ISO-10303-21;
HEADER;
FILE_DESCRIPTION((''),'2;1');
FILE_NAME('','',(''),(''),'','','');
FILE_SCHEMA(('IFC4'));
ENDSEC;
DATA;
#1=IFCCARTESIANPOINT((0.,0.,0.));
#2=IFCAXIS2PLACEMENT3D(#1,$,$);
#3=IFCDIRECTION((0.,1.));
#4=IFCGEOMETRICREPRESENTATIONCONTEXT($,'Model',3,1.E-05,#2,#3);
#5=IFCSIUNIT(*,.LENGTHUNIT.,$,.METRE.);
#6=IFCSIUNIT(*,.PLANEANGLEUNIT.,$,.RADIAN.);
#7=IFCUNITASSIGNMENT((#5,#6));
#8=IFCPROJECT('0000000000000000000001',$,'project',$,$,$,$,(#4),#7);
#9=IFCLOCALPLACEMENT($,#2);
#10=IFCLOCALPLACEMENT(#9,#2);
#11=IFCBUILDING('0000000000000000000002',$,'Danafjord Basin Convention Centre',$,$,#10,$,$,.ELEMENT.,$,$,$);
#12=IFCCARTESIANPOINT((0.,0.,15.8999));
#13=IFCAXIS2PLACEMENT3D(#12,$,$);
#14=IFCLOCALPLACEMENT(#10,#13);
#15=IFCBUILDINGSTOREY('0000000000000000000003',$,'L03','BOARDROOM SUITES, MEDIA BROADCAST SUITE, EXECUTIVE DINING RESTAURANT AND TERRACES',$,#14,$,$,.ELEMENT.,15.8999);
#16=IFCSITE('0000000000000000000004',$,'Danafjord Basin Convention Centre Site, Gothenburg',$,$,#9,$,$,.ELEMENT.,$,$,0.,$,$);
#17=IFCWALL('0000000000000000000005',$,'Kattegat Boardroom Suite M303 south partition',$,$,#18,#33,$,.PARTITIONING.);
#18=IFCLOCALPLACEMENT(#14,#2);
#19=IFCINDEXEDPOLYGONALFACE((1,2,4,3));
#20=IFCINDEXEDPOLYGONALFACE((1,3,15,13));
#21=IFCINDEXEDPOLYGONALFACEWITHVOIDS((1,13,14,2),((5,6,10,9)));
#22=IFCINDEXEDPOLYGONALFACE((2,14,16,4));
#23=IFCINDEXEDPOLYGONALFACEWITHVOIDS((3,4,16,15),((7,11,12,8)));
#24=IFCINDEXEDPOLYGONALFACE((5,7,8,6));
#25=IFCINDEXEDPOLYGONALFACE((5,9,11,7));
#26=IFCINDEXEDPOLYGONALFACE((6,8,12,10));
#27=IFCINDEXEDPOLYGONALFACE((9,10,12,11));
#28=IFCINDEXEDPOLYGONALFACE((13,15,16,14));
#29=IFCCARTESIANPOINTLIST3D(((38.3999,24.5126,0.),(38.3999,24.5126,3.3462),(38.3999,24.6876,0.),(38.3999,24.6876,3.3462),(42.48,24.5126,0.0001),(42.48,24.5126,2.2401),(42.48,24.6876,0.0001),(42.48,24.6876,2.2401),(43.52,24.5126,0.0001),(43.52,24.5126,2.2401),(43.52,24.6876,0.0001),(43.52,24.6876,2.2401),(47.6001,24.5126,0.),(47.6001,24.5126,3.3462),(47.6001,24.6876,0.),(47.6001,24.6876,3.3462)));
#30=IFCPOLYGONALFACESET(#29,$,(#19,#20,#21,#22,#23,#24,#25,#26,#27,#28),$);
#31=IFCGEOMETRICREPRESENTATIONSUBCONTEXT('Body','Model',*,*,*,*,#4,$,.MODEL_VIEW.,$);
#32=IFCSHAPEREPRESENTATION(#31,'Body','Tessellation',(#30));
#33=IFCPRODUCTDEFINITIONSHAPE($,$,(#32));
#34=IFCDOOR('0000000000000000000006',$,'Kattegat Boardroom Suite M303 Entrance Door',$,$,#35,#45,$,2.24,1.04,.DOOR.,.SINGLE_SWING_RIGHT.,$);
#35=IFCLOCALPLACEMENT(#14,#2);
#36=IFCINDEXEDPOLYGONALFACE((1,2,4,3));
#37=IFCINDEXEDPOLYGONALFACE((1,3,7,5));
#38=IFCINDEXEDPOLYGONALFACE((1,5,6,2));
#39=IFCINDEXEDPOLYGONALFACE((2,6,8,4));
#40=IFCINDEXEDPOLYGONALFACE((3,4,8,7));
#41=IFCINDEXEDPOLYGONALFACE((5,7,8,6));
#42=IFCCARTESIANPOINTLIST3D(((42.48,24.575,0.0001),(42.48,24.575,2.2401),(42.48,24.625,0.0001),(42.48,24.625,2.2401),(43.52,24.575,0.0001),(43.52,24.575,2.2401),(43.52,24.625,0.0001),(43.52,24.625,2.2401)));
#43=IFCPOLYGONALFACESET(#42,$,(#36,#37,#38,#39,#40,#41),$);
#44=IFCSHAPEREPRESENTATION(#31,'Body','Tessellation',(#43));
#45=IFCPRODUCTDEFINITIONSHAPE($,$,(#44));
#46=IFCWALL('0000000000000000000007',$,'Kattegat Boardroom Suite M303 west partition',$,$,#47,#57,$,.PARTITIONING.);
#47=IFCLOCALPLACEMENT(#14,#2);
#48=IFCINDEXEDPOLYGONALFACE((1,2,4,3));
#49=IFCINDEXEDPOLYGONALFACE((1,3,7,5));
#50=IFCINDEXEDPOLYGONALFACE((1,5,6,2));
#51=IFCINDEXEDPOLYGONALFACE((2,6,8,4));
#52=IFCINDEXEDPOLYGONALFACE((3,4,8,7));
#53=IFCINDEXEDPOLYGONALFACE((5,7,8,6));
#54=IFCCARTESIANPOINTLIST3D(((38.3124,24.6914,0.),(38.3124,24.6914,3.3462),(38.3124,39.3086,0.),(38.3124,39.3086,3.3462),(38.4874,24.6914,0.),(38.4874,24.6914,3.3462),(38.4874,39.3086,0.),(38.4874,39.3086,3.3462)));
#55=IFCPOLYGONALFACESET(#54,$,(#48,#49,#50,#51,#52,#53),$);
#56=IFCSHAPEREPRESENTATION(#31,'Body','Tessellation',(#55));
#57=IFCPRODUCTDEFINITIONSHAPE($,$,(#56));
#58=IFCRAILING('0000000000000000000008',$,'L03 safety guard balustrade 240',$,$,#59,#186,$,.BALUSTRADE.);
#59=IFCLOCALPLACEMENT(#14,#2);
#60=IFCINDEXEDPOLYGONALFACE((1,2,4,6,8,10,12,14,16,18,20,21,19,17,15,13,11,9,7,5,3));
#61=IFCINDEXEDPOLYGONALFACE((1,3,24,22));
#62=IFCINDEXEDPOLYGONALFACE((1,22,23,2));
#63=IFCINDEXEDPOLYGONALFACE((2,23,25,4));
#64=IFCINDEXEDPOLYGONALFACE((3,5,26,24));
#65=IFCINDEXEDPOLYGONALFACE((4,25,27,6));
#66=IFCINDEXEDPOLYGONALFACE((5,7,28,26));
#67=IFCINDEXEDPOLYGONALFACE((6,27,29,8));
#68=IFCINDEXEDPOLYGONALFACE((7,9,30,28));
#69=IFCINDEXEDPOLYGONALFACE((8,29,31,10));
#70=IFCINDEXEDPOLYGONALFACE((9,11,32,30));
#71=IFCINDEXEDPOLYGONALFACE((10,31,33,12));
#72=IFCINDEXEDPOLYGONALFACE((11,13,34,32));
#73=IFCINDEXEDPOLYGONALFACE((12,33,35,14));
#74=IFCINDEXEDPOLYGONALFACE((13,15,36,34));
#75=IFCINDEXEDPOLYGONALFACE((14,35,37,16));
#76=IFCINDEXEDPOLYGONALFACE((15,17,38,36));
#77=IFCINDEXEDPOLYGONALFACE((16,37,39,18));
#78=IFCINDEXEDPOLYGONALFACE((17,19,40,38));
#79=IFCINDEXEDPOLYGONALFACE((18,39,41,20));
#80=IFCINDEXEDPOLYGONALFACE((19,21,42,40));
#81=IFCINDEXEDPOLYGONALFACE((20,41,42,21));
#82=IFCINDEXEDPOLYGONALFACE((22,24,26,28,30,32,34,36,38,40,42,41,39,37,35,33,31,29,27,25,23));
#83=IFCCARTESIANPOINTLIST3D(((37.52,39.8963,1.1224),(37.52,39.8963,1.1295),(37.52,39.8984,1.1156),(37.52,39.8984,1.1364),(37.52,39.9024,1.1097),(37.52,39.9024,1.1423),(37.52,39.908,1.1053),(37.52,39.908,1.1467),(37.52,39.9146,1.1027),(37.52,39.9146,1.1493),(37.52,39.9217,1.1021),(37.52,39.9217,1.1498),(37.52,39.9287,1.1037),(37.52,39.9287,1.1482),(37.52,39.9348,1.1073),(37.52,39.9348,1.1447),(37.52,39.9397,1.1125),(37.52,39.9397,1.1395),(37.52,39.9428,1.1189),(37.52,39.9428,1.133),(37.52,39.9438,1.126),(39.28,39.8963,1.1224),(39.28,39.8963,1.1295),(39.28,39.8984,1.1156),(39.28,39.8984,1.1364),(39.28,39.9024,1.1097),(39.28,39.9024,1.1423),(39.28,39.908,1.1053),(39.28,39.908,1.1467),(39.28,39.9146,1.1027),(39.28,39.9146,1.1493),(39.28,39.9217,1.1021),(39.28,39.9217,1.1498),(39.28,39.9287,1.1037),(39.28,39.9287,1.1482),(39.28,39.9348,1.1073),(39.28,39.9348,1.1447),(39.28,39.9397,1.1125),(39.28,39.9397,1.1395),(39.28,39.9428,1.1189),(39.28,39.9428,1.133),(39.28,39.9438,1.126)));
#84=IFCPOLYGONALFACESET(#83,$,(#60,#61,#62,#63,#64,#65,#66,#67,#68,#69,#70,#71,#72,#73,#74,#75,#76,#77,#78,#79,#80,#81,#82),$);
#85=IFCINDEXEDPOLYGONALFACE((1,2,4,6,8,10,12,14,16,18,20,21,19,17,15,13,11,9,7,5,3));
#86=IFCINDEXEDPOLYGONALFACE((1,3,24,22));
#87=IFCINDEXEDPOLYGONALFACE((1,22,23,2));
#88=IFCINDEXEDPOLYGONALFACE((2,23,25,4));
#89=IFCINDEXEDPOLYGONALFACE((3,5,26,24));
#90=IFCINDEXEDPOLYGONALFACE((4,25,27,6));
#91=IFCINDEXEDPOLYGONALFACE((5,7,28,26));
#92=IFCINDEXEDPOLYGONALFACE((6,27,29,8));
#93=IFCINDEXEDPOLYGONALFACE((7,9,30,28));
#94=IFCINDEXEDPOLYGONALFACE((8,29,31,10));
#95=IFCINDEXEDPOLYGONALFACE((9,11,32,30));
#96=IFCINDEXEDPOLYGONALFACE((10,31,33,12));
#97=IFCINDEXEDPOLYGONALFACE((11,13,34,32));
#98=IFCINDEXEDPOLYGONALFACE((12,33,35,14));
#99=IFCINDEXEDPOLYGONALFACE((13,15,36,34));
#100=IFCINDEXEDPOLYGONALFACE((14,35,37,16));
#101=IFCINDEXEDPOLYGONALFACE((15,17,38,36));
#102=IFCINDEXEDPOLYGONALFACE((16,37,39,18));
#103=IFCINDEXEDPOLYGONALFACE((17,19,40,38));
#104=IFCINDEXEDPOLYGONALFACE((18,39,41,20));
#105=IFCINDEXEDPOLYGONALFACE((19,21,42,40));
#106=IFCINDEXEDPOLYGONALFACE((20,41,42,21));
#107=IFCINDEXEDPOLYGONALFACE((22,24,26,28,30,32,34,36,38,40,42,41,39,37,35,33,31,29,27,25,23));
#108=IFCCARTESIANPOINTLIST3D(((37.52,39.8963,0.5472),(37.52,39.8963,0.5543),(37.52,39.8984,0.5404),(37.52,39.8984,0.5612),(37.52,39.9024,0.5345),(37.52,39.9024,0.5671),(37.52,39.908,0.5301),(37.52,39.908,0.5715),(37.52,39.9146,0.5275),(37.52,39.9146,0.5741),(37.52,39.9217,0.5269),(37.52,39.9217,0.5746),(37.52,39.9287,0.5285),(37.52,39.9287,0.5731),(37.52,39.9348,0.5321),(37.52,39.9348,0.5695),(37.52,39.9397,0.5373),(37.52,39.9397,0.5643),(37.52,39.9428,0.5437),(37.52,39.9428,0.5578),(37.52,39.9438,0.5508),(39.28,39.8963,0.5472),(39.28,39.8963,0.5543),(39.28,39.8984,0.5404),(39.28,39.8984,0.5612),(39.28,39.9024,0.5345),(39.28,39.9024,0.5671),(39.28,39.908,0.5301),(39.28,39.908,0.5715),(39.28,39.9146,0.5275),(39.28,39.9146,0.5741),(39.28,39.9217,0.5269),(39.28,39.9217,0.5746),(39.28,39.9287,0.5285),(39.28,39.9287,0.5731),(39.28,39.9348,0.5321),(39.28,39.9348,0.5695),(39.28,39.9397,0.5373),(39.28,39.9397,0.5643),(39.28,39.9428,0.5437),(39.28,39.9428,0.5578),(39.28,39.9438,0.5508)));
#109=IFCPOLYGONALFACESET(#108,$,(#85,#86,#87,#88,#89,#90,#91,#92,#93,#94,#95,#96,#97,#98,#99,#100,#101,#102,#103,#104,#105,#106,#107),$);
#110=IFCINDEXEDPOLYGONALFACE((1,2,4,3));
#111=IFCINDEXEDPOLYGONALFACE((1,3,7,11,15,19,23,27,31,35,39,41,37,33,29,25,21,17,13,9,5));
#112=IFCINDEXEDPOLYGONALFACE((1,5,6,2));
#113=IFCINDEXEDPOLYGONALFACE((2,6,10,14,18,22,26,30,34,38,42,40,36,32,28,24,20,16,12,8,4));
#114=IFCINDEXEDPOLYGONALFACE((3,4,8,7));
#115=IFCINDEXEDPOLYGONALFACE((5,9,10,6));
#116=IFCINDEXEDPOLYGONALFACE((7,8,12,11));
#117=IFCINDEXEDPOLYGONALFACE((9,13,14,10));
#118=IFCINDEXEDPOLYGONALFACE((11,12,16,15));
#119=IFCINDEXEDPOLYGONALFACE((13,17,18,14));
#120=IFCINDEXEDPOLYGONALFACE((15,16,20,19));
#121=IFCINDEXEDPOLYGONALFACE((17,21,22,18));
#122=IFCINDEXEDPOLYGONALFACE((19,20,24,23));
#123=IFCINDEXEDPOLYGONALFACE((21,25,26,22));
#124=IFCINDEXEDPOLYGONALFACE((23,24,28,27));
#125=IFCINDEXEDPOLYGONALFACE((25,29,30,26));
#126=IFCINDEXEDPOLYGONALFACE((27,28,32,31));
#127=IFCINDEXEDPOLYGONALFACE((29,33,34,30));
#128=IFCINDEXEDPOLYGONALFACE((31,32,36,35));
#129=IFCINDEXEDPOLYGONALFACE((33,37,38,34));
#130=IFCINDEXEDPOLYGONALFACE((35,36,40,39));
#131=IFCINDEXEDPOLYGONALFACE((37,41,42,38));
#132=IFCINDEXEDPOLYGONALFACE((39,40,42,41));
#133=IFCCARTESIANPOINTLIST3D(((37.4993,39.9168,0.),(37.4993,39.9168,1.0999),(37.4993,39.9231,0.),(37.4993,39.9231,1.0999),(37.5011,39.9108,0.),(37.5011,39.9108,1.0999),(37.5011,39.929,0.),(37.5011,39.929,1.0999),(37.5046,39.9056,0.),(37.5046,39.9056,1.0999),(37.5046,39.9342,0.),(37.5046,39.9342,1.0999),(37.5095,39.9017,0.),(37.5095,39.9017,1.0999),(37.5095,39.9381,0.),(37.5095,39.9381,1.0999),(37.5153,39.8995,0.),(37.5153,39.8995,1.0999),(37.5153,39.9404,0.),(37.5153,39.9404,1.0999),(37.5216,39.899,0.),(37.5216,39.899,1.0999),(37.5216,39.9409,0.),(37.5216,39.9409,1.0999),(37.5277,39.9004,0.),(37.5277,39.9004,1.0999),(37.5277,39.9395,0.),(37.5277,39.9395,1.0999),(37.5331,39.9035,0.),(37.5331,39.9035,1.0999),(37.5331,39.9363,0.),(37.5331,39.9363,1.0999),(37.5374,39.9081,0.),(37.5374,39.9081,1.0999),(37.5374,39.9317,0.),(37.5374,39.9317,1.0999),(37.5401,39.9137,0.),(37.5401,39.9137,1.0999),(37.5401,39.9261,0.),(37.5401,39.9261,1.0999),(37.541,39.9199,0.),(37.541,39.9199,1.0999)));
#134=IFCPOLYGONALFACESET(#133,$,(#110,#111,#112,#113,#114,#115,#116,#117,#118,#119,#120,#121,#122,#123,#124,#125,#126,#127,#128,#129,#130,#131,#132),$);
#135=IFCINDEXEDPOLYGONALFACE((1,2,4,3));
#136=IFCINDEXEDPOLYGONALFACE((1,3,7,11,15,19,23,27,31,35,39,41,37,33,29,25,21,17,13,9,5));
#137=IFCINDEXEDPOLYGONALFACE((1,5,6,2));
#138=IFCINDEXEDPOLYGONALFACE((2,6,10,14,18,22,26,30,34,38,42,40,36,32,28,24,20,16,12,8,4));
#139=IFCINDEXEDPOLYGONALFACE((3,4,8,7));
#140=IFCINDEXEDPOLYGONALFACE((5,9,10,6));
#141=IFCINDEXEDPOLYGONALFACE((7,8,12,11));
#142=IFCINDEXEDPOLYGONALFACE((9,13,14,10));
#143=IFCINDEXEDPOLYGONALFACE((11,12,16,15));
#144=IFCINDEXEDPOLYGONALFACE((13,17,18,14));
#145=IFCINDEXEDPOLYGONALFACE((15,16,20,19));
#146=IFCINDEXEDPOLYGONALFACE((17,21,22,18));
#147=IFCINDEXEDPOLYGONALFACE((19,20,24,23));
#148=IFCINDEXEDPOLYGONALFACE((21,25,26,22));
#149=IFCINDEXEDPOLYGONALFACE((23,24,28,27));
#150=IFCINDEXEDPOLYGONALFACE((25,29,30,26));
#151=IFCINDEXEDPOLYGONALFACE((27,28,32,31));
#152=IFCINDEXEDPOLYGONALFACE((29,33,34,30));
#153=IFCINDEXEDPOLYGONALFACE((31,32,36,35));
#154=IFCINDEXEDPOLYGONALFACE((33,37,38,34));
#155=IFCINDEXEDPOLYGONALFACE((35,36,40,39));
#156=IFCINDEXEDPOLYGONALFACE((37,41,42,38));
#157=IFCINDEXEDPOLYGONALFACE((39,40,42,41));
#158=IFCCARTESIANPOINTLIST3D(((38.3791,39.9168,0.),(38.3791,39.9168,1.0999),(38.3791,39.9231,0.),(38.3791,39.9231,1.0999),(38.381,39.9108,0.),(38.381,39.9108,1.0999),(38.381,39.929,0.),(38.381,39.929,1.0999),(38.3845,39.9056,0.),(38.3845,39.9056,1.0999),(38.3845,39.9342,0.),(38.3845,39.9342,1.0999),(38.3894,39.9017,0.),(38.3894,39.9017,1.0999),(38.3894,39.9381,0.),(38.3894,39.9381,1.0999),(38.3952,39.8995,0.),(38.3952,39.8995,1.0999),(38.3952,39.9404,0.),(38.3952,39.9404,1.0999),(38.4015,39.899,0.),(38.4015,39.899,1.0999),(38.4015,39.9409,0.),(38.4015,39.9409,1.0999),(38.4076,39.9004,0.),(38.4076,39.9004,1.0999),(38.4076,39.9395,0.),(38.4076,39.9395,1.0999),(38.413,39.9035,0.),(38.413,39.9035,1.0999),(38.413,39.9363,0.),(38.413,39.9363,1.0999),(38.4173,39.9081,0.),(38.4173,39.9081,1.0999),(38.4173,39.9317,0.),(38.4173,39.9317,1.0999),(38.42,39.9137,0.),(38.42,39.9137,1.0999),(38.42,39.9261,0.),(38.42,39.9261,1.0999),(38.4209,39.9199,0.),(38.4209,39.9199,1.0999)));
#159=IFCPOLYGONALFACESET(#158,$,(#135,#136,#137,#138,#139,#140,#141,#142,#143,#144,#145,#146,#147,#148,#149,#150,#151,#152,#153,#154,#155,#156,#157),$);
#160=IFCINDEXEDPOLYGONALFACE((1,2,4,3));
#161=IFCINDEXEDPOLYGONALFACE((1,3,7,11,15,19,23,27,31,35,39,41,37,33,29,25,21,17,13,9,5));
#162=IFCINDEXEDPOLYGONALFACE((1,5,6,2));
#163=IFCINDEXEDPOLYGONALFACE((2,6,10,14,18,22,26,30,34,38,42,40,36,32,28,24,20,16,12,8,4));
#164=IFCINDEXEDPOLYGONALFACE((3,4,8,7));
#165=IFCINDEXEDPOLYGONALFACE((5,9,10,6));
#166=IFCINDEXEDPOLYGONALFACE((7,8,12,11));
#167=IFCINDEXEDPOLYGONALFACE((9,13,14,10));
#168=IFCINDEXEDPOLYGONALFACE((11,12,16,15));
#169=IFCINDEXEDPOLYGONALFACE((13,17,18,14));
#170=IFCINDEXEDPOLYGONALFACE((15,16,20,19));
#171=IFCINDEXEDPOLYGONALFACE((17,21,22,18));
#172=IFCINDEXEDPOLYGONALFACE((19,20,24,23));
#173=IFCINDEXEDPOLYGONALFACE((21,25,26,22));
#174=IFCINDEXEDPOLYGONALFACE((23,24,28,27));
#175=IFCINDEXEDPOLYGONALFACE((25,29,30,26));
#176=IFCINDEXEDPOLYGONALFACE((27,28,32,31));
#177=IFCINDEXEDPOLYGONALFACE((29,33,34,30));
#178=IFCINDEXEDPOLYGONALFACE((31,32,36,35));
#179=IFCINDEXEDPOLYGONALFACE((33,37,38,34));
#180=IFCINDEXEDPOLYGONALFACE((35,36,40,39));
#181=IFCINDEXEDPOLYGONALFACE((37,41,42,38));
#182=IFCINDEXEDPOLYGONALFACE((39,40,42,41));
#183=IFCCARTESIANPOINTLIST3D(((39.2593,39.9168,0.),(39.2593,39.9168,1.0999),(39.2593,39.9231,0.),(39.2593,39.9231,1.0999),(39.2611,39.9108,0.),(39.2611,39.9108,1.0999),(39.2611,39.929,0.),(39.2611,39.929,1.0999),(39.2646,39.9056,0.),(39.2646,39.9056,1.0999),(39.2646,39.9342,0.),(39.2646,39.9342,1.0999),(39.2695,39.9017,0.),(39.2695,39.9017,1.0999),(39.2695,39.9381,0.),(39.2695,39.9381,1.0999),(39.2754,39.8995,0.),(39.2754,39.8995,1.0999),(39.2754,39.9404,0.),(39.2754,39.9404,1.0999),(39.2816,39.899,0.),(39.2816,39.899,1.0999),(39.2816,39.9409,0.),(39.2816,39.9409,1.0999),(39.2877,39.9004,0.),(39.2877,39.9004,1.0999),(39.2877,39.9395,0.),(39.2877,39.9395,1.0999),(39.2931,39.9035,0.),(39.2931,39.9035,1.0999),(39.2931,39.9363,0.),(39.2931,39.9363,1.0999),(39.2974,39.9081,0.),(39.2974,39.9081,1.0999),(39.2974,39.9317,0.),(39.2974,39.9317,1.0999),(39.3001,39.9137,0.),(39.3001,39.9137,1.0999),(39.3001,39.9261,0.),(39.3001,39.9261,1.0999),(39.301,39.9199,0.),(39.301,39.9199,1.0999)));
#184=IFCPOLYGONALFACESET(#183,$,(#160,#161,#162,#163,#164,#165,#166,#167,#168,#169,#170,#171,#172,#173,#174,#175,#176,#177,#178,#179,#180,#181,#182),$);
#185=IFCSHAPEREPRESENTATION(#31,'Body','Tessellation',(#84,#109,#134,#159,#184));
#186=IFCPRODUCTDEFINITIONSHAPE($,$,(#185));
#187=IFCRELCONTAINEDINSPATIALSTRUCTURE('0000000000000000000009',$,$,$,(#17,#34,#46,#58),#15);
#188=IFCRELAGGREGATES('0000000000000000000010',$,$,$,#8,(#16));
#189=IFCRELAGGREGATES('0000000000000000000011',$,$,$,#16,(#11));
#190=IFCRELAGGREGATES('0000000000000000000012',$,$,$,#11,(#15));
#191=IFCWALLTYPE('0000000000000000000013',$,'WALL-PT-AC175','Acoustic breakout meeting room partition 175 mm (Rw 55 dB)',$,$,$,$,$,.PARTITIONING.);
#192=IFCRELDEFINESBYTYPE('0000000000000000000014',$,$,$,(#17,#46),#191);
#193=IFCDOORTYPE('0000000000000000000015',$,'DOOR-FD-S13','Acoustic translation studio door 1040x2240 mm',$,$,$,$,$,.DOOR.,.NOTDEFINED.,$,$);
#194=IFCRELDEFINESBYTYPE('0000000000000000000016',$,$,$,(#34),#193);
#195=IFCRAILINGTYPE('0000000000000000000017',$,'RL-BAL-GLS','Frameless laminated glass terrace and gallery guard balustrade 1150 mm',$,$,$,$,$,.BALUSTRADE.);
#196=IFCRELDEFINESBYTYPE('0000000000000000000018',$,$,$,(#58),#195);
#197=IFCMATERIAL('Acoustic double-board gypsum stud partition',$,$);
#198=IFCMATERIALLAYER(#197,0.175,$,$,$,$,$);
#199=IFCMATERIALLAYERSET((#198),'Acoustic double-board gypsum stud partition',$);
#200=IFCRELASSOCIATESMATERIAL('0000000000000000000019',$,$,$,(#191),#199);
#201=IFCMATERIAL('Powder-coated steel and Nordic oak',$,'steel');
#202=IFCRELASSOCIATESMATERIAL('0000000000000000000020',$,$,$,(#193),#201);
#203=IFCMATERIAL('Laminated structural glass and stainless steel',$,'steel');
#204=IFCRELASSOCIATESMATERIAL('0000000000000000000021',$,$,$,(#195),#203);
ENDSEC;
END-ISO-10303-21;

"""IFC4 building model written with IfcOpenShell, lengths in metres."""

from ifc_helpers import new_model, si_unit, direction, frame, frame_2d, origin, origin_2d, place, context, subcontext, project, spatial, rectangle, circle, extrude, material, layer, layer_set, type_object, element, fill, save


model = new_model("IFC4")

# Units and contexts
model_context = context("Model", 3, precision=1e-05, world=origin(), true_north=direction((0.0, 1.0)))
body_context = subcontext(model_context, "Body", "Model", "MODEL_VIEW")
ifc_project = project(units=[si_unit("LENGTHUNIT", "METRE"), si_unit("PLANEANGLEUNIT", "RADIAN")], contexts=[model_context])

# Site, building, storey
site_placement = place(None, origin())
site = spatial("IfcSite", under=ifc_project, at=site_placement, Name="Danafjord Basin Convention Centre Site, Gothenburg", CompositionType="ELEMENT", RefElevation=0.0)
building_placement = place(site_placement, origin())
building = spatial("IfcBuilding", under=site, at=building_placement, Name="Danafjord Basin Convention Centre", CompositionType="ELEMENT")
storey_placement = place(building_placement, frame((0.0, 0.0, 15.8999)))
storey = spatial("IfcBuildingStorey", under=building, at=storey_placement, Name="L03", Description="BOARDROOM SUITES, MEDIA BROADCAST SUITE, EXECUTIVE DINING RESTAURANT AND TERRACES", CompositionType="ELEMENT", Elevation=15.8999)

# Shared definitions
ifc_material_1 = material(Name="Acoustic double-board gypsum stud partition")
ifc_layer_1 = layer(ifc_material_1, 0.175)
ifc_layer_set_1 = layer_set([ifc_layer_1], Name="Acoustic double-board gypsum stud partition")
wall_type = type_object("IfcWallType", Name="WALL-PT-AC175", Description="Acoustic breakout meeting room partition 175 mm (Rw 55 dB)", PredefinedType="PARTITIONING", material=ifc_layer_set_1)

# Wall, opening, door
wall_1_placement = place(storey_placement, frame((38.3999, 24.6001, 0.0), z_axis=(0.0, 0.0, 1.0), x_axis=(1.0, 0.0, 0.0)))
wall_1 = element("IfcWall", 1, at=wall_1_placement, inside=storey, type_object=wall_type, Name="Kattegat Boardroom Suite M303 south partition", PredefinedType="PARTITIONING", context=body_context, shape_type="SweptSolid", body=[
    extrude(rectangle(XDim=9.2002, YDim=0.175, at=frame_2d((4.6001, 0.0))), origin(), (0.0, 0.0, 1.0), 3.3462),
])
opening_placement = place(wall_1_placement, frame((4.0801, 0.0, 0.0)))
opening = element("IfcOpeningElement", 2, at=opening_placement, cuts=wall_1, PredefinedType="OPENING", context=body_context, shape_type="SweptSolid", body=[
    extrude(rectangle(XDim=1.04, YDim=2.24, at=frame_2d((0.52, 1.1201))), frame((0.0, 0.0974, 0.0), z_axis=(0.0, -1.0, 0.0), x_axis=(1.0, 0.0, 0.0)), (0.0, 0.0, 1.0), 0.1951),
])
ifc_material_2 = material(Name="Powder-coated steel and Nordic oak", Category="steel")
door_type = type_object("IfcDoorType", Name="DOOR-FD-S13", Description="Acoustic translation studio door 1040x2240 mm", OperationType="NOTDEFINED", PredefinedType="DOOR", material=ifc_material_2)
door_placement = place(opening_placement, origin())
door = element("IfcDoor", 3, at=door_placement, inside=storey, type_object=door_type, Name="Kattegat Boardroom Suite M303 Entrance Door", OperationType="SINGLE_SWING_RIGHT", OverallHeight=2.24, OverallWidth=1.04, PredefinedType="DOOR", context=body_context, shape_type="SweptSolid", body=[
    extrude(rectangle(XDim=1.04, YDim=2.24, at=frame_2d((0.52, 1.1201))), frame((0.0, 0.0249, 0.0), z_axis=(0.0, -1.0, 0.0), x_axis=(1.0, 0.0, 0.0)), (0.0, 0.0, 1.0), 0.05),
])
fill(opening, door)

# Wall
wall_2_placement = place(storey_placement, frame((38.3999, 39.3086, 0.0), z_axis=(0.0, 0.0, 1.0), x_axis=(0.0, -1.0, 0.0)))
element("IfcWall", 4, at=wall_2_placement, inside=storey, type_object=wall_type, Name="Kattegat Boardroom Suite M303 west partition", PredefinedType="PARTITIONING", context=body_context, shape_type="SweptSolid", body=[
    extrude(rectangle(XDim=14.6172, YDim=0.175, at=frame_2d((7.3086, 0.0))), origin(), (0.0, 0.0, 1.0), 3.3462),
])

# Railing
ifc_material_3 = material(Name="Laminated structural glass and stainless steel", Category="steel")
railing_type = type_object("IfcRailingType", Name="RL-BAL-GLS", Description="Frameless laminated glass terrace and gallery guard balustrade 1150 mm", PredefinedType="BALUSTRADE", material=ifc_material_3)
railing_1_placement = place(storey_placement, frame((37.52, 39.9199, 0.0)))
element("IfcRailing", 5, at=railing_1_placement, inside=storey, type_object=railing_type, Name="L03 safety guard balustrade 240", PredefinedType="BALUSTRADE", context=body_context, shape_type="SweptSolid", body=[
    extrude(circle(Radius=0.0239, at=origin_2d()), frame((0.0, 0.0, 1.126), z_axis=(1.0, 0.0, 0.0), x_axis=(0.0, 1.0, 0.0)), (0.0, 0.0, 1.0), 1.76),
    extrude(circle(Radius=0.0239, at=origin_2d()), frame((0.0, 0.0, 0.5508), z_axis=(1.0, 0.0, 0.0), x_axis=(0.0, 1.0, 0.0)), (0.0, 0.0, 1.0), 1.76),
    extrude(circle(Radius=0.021, at=origin_2d()), origin(), (0.0, 0.0, 1.0), 1.0999),
    extrude(circle(Radius=0.021, at=origin_2d()), frame((0.8799, 0.0, 0.0)), (0.0, 0.0, 1.0), 1.0999),
    extrude(circle(Radius=0.021, at=origin_2d()), frame((1.76, 0.0, 0.0)), (0.0, 0.0, 1.0), 1.0999),
])

save(model, "model.ifc")
